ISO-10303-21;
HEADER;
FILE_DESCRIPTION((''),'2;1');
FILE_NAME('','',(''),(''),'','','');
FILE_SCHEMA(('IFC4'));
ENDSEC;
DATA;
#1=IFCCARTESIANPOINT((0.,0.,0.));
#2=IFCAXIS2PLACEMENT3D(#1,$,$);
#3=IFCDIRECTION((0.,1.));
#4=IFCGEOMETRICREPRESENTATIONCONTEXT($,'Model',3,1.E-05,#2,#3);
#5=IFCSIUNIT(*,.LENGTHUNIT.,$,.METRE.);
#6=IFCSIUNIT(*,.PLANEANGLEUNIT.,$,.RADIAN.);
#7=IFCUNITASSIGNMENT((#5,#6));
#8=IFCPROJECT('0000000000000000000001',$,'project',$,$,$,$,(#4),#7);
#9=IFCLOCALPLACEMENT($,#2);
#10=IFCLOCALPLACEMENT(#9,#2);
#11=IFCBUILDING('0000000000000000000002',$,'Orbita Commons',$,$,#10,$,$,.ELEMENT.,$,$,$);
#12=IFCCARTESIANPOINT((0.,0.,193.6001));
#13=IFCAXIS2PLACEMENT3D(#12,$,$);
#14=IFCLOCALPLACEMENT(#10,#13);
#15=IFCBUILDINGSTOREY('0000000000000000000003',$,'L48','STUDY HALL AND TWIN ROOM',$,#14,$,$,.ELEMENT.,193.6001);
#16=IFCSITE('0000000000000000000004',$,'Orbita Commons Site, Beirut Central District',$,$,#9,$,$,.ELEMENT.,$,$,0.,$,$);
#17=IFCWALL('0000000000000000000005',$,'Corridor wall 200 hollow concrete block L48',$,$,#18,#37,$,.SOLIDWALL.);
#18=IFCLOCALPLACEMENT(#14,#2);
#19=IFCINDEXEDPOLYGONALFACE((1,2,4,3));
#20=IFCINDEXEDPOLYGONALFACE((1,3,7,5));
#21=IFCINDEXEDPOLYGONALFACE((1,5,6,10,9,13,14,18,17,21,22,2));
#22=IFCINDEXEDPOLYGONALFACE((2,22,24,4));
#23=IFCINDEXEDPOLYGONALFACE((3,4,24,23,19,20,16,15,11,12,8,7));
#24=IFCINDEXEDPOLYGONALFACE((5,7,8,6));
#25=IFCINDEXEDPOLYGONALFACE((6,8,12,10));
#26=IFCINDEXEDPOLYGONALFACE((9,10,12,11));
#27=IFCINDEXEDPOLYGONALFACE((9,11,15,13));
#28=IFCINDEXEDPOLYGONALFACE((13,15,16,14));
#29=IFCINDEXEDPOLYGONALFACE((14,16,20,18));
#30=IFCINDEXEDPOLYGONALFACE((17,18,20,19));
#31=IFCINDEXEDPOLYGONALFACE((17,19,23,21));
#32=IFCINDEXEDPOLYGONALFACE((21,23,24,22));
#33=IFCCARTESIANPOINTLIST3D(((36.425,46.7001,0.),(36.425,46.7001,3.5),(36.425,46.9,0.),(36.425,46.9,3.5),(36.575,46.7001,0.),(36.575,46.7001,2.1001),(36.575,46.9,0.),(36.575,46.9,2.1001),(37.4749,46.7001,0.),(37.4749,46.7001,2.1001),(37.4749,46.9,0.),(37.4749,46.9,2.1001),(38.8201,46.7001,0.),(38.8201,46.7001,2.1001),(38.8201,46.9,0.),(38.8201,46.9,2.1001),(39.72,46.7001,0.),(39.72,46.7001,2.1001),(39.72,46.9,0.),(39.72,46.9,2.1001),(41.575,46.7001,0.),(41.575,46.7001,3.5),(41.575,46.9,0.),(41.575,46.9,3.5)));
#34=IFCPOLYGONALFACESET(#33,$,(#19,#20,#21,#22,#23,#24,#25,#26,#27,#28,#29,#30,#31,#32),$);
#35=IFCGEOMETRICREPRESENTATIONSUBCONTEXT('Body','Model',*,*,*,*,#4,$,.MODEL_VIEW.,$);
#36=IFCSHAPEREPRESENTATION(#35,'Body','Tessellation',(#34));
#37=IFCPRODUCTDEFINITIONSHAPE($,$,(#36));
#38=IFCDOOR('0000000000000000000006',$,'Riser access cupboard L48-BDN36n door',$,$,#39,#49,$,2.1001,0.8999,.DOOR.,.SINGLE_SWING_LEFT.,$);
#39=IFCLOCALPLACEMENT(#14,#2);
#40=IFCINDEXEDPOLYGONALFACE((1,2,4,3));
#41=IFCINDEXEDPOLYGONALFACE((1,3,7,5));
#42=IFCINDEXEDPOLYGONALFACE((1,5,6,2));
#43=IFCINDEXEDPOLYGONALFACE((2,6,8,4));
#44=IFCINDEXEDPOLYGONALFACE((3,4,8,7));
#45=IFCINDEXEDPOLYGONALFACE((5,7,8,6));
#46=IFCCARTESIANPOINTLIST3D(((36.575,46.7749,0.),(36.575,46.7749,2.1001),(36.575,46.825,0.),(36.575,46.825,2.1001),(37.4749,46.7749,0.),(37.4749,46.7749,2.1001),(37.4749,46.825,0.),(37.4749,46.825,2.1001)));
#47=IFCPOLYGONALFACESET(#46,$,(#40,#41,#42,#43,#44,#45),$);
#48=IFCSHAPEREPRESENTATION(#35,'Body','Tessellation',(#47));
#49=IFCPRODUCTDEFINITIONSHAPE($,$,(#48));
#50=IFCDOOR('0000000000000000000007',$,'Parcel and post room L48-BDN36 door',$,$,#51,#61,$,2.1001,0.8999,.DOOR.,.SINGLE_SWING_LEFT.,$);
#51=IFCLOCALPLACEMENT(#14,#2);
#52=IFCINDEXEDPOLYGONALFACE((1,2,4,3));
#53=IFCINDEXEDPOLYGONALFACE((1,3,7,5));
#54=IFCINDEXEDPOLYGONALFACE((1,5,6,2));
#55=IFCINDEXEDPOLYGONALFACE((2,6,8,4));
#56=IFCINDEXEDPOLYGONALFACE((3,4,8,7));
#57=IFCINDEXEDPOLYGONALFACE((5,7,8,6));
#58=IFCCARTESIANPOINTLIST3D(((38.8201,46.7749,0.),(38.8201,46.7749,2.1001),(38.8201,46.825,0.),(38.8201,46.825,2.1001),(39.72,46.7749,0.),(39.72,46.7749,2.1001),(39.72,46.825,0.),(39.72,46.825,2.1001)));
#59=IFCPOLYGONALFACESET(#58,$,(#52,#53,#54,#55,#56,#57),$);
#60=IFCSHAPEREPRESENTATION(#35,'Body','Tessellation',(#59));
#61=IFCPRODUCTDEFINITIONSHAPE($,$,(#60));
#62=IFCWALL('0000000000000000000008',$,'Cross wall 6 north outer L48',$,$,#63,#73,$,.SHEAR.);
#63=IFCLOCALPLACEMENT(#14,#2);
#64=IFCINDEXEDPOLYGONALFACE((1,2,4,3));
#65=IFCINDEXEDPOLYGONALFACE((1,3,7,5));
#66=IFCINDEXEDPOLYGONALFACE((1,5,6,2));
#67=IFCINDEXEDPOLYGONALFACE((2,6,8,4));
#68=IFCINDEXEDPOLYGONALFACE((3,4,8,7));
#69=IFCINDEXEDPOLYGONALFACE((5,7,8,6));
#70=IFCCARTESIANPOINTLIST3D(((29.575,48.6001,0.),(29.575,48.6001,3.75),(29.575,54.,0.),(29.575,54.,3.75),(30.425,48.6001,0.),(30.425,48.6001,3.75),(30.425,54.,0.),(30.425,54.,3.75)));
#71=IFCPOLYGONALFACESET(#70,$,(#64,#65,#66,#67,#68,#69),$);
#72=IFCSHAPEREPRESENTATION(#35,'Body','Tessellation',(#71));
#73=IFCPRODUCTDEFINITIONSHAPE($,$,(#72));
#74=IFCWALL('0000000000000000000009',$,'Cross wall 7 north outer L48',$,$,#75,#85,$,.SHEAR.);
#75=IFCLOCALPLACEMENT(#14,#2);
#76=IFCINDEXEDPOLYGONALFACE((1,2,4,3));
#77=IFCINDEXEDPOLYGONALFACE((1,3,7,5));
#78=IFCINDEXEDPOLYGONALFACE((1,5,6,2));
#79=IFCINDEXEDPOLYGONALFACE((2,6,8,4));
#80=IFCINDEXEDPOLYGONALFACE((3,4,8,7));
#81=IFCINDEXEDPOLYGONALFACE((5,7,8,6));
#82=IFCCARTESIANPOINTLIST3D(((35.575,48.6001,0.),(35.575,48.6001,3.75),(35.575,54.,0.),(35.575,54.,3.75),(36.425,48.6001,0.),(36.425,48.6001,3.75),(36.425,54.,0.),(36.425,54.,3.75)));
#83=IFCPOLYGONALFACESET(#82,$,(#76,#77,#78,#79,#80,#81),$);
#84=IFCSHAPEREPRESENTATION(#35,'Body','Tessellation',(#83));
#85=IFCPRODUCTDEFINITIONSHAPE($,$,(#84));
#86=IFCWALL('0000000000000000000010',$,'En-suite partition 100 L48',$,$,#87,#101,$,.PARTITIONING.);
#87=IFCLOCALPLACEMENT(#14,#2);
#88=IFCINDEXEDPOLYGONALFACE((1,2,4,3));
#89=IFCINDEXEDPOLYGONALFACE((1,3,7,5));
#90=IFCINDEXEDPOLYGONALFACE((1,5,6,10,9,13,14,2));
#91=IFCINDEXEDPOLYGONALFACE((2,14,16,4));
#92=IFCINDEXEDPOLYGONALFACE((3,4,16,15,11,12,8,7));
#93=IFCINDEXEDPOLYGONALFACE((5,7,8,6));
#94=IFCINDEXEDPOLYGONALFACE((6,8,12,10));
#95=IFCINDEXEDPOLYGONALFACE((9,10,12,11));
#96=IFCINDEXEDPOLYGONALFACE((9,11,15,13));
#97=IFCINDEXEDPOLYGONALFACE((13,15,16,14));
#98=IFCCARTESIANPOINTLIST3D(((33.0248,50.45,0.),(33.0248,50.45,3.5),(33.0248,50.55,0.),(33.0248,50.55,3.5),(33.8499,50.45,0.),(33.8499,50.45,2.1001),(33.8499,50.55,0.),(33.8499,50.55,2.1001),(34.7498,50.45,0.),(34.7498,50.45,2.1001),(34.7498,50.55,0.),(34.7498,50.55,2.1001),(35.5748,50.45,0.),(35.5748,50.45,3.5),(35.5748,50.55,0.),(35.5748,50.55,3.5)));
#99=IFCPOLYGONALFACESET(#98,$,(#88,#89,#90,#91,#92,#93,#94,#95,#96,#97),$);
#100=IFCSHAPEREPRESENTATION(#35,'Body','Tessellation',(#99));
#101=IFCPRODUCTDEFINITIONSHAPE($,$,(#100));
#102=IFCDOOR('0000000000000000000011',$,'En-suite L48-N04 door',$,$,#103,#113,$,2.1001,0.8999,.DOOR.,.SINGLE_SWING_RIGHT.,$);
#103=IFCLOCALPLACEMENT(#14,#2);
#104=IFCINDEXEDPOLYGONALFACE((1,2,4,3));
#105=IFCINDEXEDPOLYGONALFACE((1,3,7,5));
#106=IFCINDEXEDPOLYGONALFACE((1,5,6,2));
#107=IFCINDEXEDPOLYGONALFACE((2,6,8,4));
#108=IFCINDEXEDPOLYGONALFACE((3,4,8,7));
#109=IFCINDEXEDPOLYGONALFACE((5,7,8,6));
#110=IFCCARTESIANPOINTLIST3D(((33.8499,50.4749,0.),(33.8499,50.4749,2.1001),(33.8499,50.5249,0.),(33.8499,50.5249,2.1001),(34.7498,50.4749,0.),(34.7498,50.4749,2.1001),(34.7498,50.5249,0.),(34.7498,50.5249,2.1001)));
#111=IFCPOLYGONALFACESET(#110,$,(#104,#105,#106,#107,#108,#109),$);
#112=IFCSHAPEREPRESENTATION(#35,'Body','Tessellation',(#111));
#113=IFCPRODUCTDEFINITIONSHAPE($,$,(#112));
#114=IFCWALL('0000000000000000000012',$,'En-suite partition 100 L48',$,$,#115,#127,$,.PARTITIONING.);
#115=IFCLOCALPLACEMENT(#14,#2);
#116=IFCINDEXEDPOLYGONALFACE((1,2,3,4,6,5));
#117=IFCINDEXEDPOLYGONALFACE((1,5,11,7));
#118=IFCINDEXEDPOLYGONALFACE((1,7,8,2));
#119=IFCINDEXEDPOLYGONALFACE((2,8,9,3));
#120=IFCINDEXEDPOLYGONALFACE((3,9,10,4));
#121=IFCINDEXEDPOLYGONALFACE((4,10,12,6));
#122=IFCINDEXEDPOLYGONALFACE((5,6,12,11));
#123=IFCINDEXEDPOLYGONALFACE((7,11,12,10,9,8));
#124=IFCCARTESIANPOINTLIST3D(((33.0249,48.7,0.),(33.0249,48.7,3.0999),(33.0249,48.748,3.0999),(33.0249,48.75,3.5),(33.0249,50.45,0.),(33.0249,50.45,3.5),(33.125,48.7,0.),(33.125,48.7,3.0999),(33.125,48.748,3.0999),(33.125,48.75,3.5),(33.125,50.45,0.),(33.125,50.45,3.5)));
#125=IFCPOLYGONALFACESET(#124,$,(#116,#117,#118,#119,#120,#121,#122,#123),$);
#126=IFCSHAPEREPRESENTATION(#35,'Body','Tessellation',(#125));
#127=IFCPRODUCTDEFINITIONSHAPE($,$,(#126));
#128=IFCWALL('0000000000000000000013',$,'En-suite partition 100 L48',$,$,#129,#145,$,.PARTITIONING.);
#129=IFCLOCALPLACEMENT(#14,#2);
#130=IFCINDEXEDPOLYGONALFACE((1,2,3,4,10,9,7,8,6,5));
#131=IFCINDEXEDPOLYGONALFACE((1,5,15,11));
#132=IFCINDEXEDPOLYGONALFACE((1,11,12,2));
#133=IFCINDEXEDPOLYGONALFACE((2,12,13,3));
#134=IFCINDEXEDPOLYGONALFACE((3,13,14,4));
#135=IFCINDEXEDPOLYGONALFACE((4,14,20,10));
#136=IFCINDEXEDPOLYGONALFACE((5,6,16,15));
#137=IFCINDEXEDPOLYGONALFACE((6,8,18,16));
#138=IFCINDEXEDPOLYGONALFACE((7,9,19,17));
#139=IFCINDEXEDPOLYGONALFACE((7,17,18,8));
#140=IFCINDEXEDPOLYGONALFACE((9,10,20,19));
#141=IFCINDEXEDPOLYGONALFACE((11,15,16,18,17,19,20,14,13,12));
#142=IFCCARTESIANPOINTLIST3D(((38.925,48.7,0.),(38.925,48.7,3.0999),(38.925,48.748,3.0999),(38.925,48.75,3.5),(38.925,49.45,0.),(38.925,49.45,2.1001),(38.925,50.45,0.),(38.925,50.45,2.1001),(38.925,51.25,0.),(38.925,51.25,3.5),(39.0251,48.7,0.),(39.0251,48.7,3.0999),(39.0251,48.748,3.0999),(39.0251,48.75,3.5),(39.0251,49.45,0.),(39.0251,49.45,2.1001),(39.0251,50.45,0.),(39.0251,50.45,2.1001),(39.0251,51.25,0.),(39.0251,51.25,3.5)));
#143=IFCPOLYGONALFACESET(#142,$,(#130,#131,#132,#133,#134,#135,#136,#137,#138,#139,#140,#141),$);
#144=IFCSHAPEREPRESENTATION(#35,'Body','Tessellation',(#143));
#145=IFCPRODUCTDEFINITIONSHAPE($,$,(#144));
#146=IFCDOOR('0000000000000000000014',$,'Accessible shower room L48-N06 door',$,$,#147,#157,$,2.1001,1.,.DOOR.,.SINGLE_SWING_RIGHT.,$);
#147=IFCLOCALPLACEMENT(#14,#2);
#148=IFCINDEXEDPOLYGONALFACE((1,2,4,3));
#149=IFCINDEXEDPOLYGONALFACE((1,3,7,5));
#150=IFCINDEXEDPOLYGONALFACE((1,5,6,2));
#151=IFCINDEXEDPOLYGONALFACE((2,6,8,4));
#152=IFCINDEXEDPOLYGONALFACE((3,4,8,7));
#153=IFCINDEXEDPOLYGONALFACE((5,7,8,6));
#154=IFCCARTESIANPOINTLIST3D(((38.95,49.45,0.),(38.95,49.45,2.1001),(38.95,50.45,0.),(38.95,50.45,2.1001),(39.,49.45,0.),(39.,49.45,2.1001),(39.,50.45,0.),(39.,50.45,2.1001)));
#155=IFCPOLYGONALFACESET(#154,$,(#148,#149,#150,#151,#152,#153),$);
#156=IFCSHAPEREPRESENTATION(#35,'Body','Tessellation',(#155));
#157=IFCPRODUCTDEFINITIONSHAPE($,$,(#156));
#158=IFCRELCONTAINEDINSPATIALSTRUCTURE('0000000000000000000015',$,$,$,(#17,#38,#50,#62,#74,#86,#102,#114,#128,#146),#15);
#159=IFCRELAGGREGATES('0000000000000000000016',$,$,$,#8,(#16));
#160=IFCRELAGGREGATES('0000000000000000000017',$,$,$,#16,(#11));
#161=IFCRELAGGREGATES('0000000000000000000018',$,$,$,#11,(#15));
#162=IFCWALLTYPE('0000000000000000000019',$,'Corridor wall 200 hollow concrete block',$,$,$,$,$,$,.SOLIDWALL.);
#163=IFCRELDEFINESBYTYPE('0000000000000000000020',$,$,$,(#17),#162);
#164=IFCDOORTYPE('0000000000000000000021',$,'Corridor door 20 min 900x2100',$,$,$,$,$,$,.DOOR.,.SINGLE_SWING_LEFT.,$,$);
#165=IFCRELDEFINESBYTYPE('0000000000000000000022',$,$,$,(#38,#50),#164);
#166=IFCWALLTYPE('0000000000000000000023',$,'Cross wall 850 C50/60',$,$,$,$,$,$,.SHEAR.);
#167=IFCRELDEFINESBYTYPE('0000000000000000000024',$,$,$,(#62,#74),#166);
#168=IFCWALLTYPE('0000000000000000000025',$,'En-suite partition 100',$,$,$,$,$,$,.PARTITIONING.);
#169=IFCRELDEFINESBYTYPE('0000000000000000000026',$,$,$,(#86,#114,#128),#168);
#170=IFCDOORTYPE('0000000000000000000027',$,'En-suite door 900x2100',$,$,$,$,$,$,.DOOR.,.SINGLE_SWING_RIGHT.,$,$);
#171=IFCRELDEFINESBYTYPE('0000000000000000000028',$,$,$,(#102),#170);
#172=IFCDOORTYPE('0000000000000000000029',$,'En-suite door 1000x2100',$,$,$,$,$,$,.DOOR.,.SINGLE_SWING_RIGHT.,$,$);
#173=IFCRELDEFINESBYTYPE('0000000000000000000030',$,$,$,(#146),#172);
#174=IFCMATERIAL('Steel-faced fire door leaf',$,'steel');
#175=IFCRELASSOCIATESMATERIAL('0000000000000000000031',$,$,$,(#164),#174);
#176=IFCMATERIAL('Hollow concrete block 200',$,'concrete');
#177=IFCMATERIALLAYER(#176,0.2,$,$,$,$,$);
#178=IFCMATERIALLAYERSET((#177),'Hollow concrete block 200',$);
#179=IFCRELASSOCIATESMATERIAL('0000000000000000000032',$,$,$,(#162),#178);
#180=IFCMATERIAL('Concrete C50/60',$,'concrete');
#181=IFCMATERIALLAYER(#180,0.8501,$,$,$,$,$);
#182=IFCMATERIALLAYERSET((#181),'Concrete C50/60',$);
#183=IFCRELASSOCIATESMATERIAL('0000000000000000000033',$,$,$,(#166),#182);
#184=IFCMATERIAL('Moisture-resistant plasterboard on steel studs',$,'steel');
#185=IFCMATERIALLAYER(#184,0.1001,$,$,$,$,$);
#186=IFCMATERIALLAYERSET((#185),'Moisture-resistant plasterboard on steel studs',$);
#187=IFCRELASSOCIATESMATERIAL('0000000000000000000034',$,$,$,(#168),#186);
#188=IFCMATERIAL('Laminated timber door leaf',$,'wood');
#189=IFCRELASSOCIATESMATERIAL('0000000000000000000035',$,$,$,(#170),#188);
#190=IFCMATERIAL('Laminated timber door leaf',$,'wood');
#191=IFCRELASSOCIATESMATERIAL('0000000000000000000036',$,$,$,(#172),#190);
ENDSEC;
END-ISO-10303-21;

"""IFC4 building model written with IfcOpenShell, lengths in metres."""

from ifc_helpers import new_model, si_unit, direction, frame, frame_2d, origin, place, context, subcontext, project, spatial, polyline, rectangle, outline, extrude, material, layer, layer_set, type_object, element, fill, save


model = new_model("IFC4")

# Units and contexts
model_context = context("Model", 3, precision=1e-05, world=origin(), true_north=direction((0.0, 1.0)))
body_context = subcontext(model_context, "Body", "Model", "MODEL_VIEW")
ifc_project = project(units=[si_unit("LENGTHUNIT", "METRE"), si_unit("PLANEANGLEUNIT", "RADIAN")], contexts=[model_context])

# Site, building, storey
site_placement = place(None, origin())
site = spatial("IfcSite", under=ifc_project, at=site_placement, Name="Orbita Commons Site, Beirut Central District", CompositionType="ELEMENT", RefElevation=0.0)
building_placement = place(site_placement, origin())
building = spatial("IfcBuilding", under=site, at=building_placement, Name="Orbita Commons", CompositionType="ELEMENT")
storey_placement = place(building_placement, frame((0.0, 0.0, 193.6001)))
storey = spatial("IfcBuildingStorey", under=building, at=storey_placement, Name="L48", Description="STUDY HALL AND TWIN ROOM", CompositionType="ELEMENT", Elevation=193.6001)

# Shared definitions
ifc_material_1 = material(Name="Steel-faced fire door leaf", Category="steel")
door_type_1 = type_object("IfcDoorType", Name="Corridor door 20 min 900x2100", OperationType="SINGLE_SWING_LEFT", PredefinedType="DOOR", material=ifc_material_1)

# Wall, openings, doors
ifc_material_2 = material(Name="Hollow concrete block 200", Category="concrete")
ifc_layer_1 = layer(ifc_material_2, 0.2)
ifc_layer_set_1 = layer_set([ifc_layer_1], Name="Hollow concrete block 200")
wall_type_1 = type_object("IfcWallType", Name="Corridor wall 200 hollow concrete block", PredefinedType="SOLIDWALL", material=ifc_layer_set_1)
wall_1_placement = place(storey_placement, frame((36.425, 46.8, 0.0), z_axis=(0.0, 0.0, 1.0), x_axis=(1.0, 0.0, 0.0)))
wall_1 = element("IfcWall", 1, at=wall_1_placement, inside=storey, type_object=wall_type_1, Name="Corridor wall 200 hollow concrete block L48", PredefinedType="SOLIDWALL", context=body_context, shape_type="SweptSolid", body=[
    extrude(rectangle(XDim=5.1499, YDim=0.2, at=frame_2d((2.575, 0.0))), origin(), (0.0, 0.0, 1.0), 3.5),
])
opening_1_placement = place(wall_1_placement, frame((0.1499, 0.0, 0.0)))
opening_1 = element("IfcOpeningElement", 2, at=opening_1_placement, cuts=wall_1, PredefinedType="OPENING", context=body_context, shape_type="SweptSolid", body=[
    extrude(rectangle(XDim=0.8999, YDim=2.1001, at=frame_2d((0.45, 1.05))), frame((0.0, 0.1099, 0.0), z_axis=(0.0, -1.0, 0.0), x_axis=(1.0, 0.0, 0.0)), (0.0, 0.0, 1.0), 0.22),
])
opening_2_placement = place(wall_1_placement, frame((2.395, 0.0, 0.0)))
opening_2 = element("IfcOpeningElement", 3, at=opening_2_placement, cuts=wall_1, PredefinedType="OPENING", context=body_context, shape_type="SweptSolid", body=[
    extrude(rectangle(XDim=0.8999, YDim=2.1001, at=frame_2d((0.45, 1.05))), frame((0.0, 0.1099, 0.0), z_axis=(0.0, -1.0, 0.0), x_axis=(1.0, 0.0, 0.0)), (0.0, 0.0, 1.0), 0.22),
])
door_1_placement = place(opening_1_placement, origin())
door_1 = element("IfcDoor", 4, at=door_1_placement, inside=storey, type_object=door_type_1, Name="Riser access cupboard L48-BDN36n door", OperationType="SINGLE_SWING_LEFT", OverallHeight=2.1001, OverallWidth=0.8999, PredefinedType="DOOR", context=body_context, shape_type="SweptSolid", body=[
    extrude(rectangle(XDim=0.8999, YDim=2.1001, at=frame_2d((0.45, 1.05))), frame((0.0, 0.0249, 0.0), z_axis=(0.0, -1.0, 0.0), x_axis=(1.0, 0.0, 0.0)), (0.0, 0.0, 1.0), 0.05),
])
fill(opening_1, door_1)
door_2_placement = place(opening_2_placement, origin())
door_2 = element("IfcDoor", 5, at=door_2_placement, inside=storey, type_object=door_type_1, Name="Parcel and post room L48-BDN36 door", OperationType="SINGLE_SWING_LEFT", OverallHeight=2.1001, OverallWidth=0.8999, PredefinedType="DOOR", context=body_context, shape_type="SweptSolid", body=[
    extrude(rectangle(XDim=0.8999, YDim=2.1001, at=frame_2d((0.45, 1.05))), frame((0.0, 0.0249, 0.0), z_axis=(0.0, -1.0, 0.0), x_axis=(1.0, 0.0, 0.0)), (0.0, 0.0, 1.0), 0.05),
])
fill(opening_2, door_2)

# Walls
ifc_material_3 = material(Name="Concrete C50/60", Category="concrete")
ifc_layer_2 = layer(ifc_material_3, 0.8501)
ifc_layer_set_2 = layer_set([ifc_layer_2], Name="Concrete C50/60")
wall_type_2 = type_object("IfcWallType", Name="Cross wall 850 C50/60", PredefinedType="SHEAR", material=ifc_layer_set_2)
for number, where, z_axis, x_axis, name in (
    (6, (30.0, 48.6001, 0.0), (0.0, 0.0, 1.0), (0.0, 1.0, 0.0), "Cross wall 6 north outer L48"),
    (7, (36.0, 48.6001, 0.0), (0.0, 0.0, 1.0), (0.0, 1.0, 0.0), "Cross wall 7 north outer L48"),
):
    element("IfcWall", number, at=place(storey_placement, frame(where, z_axis=z_axis, x_axis=x_axis)), inside=storey, type_object=wall_type_2, Name=name, PredefinedType="SHEAR", context=body_context, shape_type="SweptSolid", body=[
        extrude(rectangle(XDim=5.3999, YDim=0.8501, at=frame_2d((2.7, 0.0))), origin(), (0.0, 0.0, 1.0), 3.75),
    ])

# Wall, opening, door
ifc_material_4 = material(Name="Moisture-resistant plasterboard on steel studs", Category="steel")
ifc_layer_3 = layer(ifc_material_4, 0.1001)
ifc_layer_set_3 = layer_set([ifc_layer_3], Name="Moisture-resistant plasterboard on steel studs")
wall_type_3 = type_object("IfcWallType", Name="En-suite partition 100", PredefinedType="PARTITIONING", material=ifc_layer_set_3)
wall_2_placement = place(storey_placement, frame((33.0249, 50.5, 0.0), z_axis=(0.0, 0.0, 1.0), x_axis=(1.0, 0.0, 0.0)))
wall_2 = element("IfcWall", 8, at=wall_2_placement, inside=storey, type_object=wall_type_3, Name="En-suite partition 100 L48", PredefinedType="PARTITIONING", context=body_context, shape_type="SweptSolid", body=[
    extrude(rectangle(XDim=2.55, YDim=0.1001, at=frame_2d((1.2749, 0.0))), origin(), (0.0, 0.0, 1.0), 3.5),
])
opening_3_placement = place(wall_2_placement, frame((0.825, 0.0, 0.0)))
opening_3 = element("IfcOpeningElement", 9, at=opening_3_placement, cuts=wall_2, PredefinedType="OPENING", context=body_context, shape_type="SweptSolid", body=[
    extrude(rectangle(XDim=0.8999, YDim=2.1001, at=frame_2d((0.45, 1.05))), frame((0.0, 0.0601, 0.0), z_axis=(0.0, -1.0, 0.0), x_axis=(1.0, 0.0, 0.0)), (0.0, 0.0, 1.0), 0.1201),
])
ifc_material_5 = material(Name="Laminated timber door leaf", Category="wood")
door_type_2 = type_object("IfcDoorType", Name="En-suite door 900x2100", OperationType="SINGLE_SWING_RIGHT", PredefinedType="DOOR", material=ifc_material_5)
door_3_placement = place(opening_3_placement, origin())
door_3 = element("IfcDoor", 10, at=door_3_placement, inside=storey, type_object=door_type_2, Name="En-suite L48-N04 door", OperationType="SINGLE_SWING_RIGHT", OverallHeight=2.1001, OverallWidth=0.8999, PredefinedType="DOOR", context=body_context, shape_type="SweptSolid", body=[
    extrude(rectangle(XDim=0.8999, YDim=2.1001, at=frame_2d((0.45, 1.05))), frame((0.0, 0.0249, 0.0), z_axis=(0.0, -1.0, 0.0), x_axis=(1.0, 0.0, 0.0)), (0.0, 0.0, 1.0), 0.05),
])
fill(opening_3, door_3)

# Wall
wall_3_placement = place(storey_placement, frame((33.075, 50.45, 0.0), z_axis=(0.0, 0.0, 1.0), x_axis=(0.0, -1.0, 0.0)))
element("IfcWall", 11, at=wall_3_placement, inside=storey, type_object=wall_type_3, Name="En-suite partition 100 L48", PredefinedType="PARTITIONING", context=body_context, shape_type="SweptSolid", body=[
    extrude(outline(polyline([(0.0, 0.0), (1.75, 0.0), (1.75, 3.0999), (1.7019, 3.0999), (1.7, 3.5), (0.0, 3.5), (0.0, 0.0)])), frame((0.0, 0.05, 0.0), z_axis=(0.0, -1.0, 0.0), x_axis=(1.0, 0.0, 0.0)), (0.0, 0.0, 1.0), 0.1001),
])

# Wall, opening, door
wall_4_placement = place(storey_placement, frame((38.9751, 51.25, 0.0), z_axis=(0.0, 0.0, 1.0), x_axis=(0.0, -1.0, 0.0)))
wall_4 = element("IfcWall", 12, at=wall_4_placement, inside=storey, type_object=wall_type_3, Name="En-suite partition 100 L48", PredefinedType="PARTITIONING", context=body_context, shape_type="SweptSolid", body=[
    extrude(outline(polyline([(0.0, 0.0), (2.55, 0.0), (2.55, 3.0999), (2.502, 3.0999), (2.5, 3.5), (0.0, 3.5), (0.0, 0.0)])), frame((0.0, 0.05, 0.0), z_axis=(0.0, -1.0, 0.0), x_axis=(1.0, 0.0, 0.0)), (0.0, 0.0, 1.0), 0.1001),
])
opening_4_placement = place(wall_4_placement, frame((0.8, 0.0, 0.0)))
opening_4 = element("IfcOpeningElement", 13, at=opening_4_placement, cuts=wall_4, PredefinedType="OPENING", context=body_context, shape_type="SweptSolid", body=[
    extrude(rectangle(XDim=1.0, YDim=2.1001, at=frame_2d((0.5, 1.05))), frame((0.0, 0.0601, 0.0), z_axis=(0.0, -1.0, 0.0), x_axis=(1.0, 0.0, 0.0)), (0.0, 0.0, 1.0), 0.1201),
])
ifc_material_6 = material(Name="Laminated timber door leaf", Category="wood")
door_type_3 = type_object("IfcDoorType", Name="En-suite door 1000x2100", OperationType="SINGLE_SWING_RIGHT", PredefinedType="DOOR", material=ifc_material_6)
door_4_placement = place(opening_4_placement, origin())
door_4 = element("IfcDoor", 14, at=door_4_placement, inside=storey, type_object=door_type_3, Name="Accessible shower room L48-N06 door", OperationType="SINGLE_SWING_RIGHT", OverallHeight=2.1001, OverallWidth=1.0, PredefinedType="DOOR", context=body_context, shape_type="SweptSolid", body=[
    extrude(rectangle(XDim=1.0, YDim=2.1001, at=frame_2d((0.5, 1.05))), frame((0.0, 0.0249, 0.0), z_axis=(0.0, -1.0, 0.0), x_axis=(1.0, 0.0, 0.0)), (0.0, 0.0, 1.0), 0.05),
])
fill(opening_4, door_4)

save(model, "model.ifc")
